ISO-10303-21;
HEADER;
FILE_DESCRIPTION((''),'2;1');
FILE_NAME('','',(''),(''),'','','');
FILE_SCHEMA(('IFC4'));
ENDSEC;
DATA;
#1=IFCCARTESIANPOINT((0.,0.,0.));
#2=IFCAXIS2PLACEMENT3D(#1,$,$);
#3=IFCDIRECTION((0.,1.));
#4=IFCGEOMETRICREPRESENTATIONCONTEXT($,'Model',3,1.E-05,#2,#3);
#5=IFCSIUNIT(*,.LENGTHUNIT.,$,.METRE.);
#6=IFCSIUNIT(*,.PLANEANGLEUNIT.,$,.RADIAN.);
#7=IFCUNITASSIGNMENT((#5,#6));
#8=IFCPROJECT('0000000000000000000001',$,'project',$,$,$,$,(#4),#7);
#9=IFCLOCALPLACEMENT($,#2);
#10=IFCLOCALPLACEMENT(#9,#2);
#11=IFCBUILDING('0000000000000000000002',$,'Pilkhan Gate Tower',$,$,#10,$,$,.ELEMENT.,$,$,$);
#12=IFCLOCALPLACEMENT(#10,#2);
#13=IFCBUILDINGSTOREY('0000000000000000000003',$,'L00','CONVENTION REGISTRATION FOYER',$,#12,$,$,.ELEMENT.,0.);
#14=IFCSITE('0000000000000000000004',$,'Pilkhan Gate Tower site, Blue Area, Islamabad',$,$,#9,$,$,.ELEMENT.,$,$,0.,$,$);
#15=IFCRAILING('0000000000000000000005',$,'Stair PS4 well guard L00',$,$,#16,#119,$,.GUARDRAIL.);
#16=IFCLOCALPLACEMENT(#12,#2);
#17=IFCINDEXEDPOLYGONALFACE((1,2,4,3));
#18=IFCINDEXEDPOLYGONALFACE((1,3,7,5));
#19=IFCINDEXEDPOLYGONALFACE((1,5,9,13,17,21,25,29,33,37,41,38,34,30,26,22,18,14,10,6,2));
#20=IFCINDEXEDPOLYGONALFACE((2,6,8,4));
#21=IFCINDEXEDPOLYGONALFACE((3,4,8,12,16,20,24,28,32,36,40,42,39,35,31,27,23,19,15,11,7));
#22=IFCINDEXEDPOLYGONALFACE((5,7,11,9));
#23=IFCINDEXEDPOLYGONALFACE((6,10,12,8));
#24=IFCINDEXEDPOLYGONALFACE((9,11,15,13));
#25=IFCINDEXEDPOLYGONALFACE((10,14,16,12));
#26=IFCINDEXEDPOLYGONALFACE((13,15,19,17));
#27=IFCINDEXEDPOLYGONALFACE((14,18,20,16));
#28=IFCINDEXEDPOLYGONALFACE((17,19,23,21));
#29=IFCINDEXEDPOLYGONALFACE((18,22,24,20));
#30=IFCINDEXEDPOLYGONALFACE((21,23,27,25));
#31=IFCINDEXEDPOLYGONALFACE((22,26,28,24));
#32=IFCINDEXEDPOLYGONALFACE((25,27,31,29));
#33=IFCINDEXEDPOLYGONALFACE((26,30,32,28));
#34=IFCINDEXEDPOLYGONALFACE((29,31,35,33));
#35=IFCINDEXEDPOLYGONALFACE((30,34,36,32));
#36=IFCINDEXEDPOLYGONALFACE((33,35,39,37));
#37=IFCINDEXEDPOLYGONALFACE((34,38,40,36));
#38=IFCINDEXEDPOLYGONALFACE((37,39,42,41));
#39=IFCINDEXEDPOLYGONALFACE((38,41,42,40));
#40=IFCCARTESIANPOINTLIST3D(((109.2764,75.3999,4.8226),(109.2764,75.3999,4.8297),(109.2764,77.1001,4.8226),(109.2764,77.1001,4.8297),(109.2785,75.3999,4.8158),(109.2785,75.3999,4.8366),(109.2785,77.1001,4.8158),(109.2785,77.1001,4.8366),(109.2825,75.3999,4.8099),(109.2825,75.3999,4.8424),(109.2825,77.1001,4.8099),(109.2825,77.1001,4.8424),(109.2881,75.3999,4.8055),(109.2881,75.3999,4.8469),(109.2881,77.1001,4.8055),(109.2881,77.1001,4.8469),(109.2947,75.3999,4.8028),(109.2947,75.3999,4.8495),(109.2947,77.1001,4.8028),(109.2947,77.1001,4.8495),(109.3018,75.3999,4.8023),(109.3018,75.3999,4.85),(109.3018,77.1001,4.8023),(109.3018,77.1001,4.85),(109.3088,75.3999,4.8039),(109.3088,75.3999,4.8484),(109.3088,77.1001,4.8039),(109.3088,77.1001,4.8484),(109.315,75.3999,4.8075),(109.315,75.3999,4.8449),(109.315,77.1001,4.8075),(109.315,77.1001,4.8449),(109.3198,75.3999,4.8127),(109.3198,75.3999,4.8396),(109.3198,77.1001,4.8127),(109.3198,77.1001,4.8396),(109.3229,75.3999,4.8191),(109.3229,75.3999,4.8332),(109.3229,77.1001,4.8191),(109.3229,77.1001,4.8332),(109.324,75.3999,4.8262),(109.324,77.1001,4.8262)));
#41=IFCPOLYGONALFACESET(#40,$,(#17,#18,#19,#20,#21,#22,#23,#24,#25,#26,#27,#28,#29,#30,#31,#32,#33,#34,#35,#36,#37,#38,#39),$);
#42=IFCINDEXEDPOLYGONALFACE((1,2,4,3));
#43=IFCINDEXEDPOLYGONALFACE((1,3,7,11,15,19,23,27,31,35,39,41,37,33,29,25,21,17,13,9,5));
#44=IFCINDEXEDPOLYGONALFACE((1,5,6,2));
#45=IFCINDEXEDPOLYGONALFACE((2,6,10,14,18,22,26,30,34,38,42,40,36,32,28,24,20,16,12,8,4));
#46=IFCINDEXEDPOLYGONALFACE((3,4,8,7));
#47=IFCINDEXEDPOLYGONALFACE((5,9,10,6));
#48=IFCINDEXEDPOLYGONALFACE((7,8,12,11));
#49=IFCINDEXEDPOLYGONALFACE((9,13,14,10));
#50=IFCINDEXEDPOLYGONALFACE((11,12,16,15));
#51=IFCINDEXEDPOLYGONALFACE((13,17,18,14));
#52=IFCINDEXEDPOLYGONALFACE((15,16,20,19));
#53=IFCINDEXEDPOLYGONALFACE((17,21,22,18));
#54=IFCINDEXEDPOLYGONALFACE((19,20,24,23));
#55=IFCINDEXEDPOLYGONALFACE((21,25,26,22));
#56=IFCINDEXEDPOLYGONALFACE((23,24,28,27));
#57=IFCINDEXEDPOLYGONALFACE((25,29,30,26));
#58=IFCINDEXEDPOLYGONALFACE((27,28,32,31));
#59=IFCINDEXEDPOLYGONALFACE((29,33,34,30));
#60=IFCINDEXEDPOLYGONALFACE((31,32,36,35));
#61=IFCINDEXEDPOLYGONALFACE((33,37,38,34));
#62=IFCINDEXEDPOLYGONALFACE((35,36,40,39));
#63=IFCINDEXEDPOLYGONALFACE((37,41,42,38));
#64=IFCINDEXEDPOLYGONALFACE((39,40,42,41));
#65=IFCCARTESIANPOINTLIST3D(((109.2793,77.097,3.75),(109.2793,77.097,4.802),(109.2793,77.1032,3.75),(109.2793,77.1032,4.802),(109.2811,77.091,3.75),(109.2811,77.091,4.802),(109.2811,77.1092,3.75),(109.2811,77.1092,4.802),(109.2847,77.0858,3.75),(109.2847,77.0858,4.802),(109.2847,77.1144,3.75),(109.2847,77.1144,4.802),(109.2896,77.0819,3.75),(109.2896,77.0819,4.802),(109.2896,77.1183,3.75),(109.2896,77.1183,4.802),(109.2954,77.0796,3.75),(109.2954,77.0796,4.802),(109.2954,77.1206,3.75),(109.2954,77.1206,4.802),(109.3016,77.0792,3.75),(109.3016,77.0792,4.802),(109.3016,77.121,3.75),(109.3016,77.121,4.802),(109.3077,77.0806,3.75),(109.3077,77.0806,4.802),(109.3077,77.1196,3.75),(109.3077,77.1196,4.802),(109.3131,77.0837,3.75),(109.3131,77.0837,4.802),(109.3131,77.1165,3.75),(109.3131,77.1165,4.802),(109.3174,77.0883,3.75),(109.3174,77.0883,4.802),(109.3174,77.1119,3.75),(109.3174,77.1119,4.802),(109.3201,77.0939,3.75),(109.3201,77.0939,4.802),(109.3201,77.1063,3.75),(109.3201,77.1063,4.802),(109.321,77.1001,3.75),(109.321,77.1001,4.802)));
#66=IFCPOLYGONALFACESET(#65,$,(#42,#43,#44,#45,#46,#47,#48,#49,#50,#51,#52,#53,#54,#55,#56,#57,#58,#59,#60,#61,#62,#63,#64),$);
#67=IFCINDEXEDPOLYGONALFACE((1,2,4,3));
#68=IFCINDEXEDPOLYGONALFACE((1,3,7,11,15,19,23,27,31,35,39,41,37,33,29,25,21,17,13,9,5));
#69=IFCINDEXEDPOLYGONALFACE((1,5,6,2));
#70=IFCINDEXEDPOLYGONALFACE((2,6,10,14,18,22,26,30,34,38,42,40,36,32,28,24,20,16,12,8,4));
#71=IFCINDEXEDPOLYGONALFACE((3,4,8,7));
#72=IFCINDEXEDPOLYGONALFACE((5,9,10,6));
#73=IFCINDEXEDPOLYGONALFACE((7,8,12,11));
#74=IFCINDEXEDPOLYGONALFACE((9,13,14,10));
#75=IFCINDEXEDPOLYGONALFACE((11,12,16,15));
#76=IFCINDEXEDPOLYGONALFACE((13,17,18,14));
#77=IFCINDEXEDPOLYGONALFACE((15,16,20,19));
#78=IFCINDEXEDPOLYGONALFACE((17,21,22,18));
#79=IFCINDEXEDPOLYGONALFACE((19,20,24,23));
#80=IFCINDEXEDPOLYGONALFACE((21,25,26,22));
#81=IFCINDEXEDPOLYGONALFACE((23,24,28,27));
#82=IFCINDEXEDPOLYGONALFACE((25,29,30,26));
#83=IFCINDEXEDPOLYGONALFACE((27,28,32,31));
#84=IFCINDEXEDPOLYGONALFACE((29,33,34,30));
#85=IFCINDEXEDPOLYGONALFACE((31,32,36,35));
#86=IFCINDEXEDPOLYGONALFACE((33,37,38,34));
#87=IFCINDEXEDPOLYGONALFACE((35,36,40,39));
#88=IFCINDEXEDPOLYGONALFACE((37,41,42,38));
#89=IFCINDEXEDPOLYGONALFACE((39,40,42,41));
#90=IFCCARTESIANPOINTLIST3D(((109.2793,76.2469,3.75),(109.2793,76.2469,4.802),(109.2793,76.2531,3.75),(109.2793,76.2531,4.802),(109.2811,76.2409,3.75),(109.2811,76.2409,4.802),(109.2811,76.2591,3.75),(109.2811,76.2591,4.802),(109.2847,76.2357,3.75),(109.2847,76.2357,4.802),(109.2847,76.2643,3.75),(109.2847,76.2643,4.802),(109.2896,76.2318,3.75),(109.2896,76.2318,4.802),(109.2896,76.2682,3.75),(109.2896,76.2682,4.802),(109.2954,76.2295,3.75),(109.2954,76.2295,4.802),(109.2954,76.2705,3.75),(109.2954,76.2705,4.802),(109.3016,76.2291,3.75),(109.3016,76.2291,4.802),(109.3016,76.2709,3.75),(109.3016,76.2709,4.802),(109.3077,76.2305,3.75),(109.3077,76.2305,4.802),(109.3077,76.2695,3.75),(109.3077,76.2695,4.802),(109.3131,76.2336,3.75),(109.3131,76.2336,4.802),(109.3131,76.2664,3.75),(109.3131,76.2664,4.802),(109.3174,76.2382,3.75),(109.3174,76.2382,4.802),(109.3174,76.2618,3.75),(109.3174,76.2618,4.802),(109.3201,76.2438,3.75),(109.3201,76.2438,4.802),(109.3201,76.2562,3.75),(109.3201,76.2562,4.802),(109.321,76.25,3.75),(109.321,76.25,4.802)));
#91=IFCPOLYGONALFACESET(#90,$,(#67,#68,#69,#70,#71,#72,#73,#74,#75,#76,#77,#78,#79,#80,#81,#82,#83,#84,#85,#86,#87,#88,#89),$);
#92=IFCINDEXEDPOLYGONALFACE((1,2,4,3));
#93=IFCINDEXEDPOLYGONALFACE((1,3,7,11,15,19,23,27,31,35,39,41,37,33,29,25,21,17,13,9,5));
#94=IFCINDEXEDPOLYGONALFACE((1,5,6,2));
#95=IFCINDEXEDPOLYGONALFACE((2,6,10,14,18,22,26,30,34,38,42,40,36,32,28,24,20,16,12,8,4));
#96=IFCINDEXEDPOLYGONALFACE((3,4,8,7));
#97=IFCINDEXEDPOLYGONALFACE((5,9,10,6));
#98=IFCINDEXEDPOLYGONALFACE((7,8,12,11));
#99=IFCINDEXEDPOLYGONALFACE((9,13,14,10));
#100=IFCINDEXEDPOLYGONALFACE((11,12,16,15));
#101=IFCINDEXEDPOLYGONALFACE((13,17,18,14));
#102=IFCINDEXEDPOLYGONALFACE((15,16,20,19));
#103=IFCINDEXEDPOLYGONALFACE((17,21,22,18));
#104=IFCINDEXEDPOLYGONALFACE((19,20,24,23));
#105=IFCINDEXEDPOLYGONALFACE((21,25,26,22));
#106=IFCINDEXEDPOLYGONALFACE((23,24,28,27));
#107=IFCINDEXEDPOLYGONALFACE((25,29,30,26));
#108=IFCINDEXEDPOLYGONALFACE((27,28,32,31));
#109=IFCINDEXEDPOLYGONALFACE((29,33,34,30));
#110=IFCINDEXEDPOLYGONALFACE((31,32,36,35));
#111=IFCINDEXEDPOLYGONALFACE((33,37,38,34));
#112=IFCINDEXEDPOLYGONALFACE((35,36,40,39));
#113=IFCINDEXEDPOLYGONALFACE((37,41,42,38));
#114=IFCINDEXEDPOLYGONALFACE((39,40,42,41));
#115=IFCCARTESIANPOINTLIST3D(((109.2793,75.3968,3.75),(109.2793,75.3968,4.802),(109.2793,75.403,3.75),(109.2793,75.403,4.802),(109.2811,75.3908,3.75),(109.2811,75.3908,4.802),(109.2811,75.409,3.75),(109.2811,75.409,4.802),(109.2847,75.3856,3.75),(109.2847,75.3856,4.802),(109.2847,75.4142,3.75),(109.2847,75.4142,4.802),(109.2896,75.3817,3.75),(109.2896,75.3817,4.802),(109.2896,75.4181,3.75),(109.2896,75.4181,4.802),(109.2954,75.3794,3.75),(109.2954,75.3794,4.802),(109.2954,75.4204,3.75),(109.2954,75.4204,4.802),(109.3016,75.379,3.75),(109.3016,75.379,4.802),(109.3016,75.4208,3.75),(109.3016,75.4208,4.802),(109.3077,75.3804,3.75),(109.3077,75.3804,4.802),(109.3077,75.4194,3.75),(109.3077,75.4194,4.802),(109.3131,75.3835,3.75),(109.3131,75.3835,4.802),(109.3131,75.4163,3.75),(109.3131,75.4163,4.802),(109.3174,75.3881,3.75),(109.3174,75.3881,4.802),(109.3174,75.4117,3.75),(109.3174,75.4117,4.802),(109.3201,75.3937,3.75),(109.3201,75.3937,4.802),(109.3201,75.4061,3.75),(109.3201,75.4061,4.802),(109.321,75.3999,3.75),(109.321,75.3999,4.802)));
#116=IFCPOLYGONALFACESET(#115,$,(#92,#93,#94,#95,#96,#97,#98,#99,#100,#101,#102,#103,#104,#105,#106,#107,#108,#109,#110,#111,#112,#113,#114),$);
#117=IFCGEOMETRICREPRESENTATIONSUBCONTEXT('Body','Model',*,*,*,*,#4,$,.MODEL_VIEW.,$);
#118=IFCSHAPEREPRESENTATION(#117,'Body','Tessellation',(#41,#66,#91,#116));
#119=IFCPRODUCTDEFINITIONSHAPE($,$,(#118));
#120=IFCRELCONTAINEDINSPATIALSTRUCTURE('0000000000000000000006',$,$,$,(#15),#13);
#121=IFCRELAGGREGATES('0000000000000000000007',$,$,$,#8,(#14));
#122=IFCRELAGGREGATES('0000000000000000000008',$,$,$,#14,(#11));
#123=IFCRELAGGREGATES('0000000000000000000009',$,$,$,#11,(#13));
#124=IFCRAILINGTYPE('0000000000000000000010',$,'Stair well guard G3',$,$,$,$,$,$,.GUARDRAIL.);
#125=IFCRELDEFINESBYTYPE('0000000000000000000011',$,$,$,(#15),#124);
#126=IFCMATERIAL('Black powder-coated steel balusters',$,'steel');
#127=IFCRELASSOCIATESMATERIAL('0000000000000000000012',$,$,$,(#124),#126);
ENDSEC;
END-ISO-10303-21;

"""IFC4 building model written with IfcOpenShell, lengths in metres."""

from ifc_helpers import new_model, si_unit, direction, frame, origin, origin_2d, place, context, subcontext, project, spatial, circle, extrude, material, type_object, element, save


model = new_model("IFC4")

# Units and contexts
model_context = context("Model", 3, precision=1e-05, world=origin(), true_north=direction((0.0, 1.0)))
body_context = subcontext(model_context, "Body", "Model", "MODEL_VIEW")
ifc_project = project(units=[si_unit("LENGTHUNIT", "METRE"), si_unit("PLANEANGLEUNIT", "RADIAN")], contexts=[model_context])

# Site, building, storey
site_placement = place(None, origin())
site = spatial("IfcSite", under=ifc_project, at=site_placement, Name="Pilkhan Gate Tower site, Blue Area, Islamabad", CompositionType="ELEMENT", RefElevation=0.0)
building_placement = place(site_placement, origin())
building = spatial("IfcBuilding", under=site, at=building_placement, Name="Pilkhan Gate Tower", CompositionType="ELEMENT")
storey_placement = place(building_placement, origin())
storey = spatial("IfcBuildingStorey", under=building, at=storey_placement, Name="L00", Description="CONVENTION REGISTRATION FOYER", CompositionType="ELEMENT", Elevation=0.0)

# Railing
ifc_material_1 = material(Name="Black powder-coated steel balusters", Category="steel")
railing_type = type_object("IfcRailingType", Name="Stair well guard G3", PredefinedType="GUARDRAIL", material=ifc_material_1)
railing_1_placement = place(storey_placement, frame((109.3, 77.1001, 3.75)))
element("IfcRailing", 1, at=railing_1_placement, inside=storey, type_object=railing_type, Name="Stair PS4 well guard L00", PredefinedType="GUARDRAIL", context=body_context, shape_type="SweptSolid", body=[
    extrude(circle(Radius=0.0239, at=origin_2d()), frame((0.0, 0.0, 1.0762), z_axis=(0.0, -1.0, 0.0), x_axis=(1.0, 0.0, 0.0)), (0.0, 0.0, 1.0), 1.7002),
    extrude(circle(Radius=0.021, at=origin_2d()), origin(), (0.0, 0.0, 1.0), 1.052),
    extrude(circle(Radius=0.021, at=origin_2d()), frame((0.0, -0.8501, 0.0)), (0.0, 0.0, 1.0), 1.052),
    extrude(circle(Radius=0.021, at=origin_2d()), frame((0.0, -1.7002, 0.0)), (0.0, 0.0, 1.0), 1.052),
])

save(model, "model.ifc")
